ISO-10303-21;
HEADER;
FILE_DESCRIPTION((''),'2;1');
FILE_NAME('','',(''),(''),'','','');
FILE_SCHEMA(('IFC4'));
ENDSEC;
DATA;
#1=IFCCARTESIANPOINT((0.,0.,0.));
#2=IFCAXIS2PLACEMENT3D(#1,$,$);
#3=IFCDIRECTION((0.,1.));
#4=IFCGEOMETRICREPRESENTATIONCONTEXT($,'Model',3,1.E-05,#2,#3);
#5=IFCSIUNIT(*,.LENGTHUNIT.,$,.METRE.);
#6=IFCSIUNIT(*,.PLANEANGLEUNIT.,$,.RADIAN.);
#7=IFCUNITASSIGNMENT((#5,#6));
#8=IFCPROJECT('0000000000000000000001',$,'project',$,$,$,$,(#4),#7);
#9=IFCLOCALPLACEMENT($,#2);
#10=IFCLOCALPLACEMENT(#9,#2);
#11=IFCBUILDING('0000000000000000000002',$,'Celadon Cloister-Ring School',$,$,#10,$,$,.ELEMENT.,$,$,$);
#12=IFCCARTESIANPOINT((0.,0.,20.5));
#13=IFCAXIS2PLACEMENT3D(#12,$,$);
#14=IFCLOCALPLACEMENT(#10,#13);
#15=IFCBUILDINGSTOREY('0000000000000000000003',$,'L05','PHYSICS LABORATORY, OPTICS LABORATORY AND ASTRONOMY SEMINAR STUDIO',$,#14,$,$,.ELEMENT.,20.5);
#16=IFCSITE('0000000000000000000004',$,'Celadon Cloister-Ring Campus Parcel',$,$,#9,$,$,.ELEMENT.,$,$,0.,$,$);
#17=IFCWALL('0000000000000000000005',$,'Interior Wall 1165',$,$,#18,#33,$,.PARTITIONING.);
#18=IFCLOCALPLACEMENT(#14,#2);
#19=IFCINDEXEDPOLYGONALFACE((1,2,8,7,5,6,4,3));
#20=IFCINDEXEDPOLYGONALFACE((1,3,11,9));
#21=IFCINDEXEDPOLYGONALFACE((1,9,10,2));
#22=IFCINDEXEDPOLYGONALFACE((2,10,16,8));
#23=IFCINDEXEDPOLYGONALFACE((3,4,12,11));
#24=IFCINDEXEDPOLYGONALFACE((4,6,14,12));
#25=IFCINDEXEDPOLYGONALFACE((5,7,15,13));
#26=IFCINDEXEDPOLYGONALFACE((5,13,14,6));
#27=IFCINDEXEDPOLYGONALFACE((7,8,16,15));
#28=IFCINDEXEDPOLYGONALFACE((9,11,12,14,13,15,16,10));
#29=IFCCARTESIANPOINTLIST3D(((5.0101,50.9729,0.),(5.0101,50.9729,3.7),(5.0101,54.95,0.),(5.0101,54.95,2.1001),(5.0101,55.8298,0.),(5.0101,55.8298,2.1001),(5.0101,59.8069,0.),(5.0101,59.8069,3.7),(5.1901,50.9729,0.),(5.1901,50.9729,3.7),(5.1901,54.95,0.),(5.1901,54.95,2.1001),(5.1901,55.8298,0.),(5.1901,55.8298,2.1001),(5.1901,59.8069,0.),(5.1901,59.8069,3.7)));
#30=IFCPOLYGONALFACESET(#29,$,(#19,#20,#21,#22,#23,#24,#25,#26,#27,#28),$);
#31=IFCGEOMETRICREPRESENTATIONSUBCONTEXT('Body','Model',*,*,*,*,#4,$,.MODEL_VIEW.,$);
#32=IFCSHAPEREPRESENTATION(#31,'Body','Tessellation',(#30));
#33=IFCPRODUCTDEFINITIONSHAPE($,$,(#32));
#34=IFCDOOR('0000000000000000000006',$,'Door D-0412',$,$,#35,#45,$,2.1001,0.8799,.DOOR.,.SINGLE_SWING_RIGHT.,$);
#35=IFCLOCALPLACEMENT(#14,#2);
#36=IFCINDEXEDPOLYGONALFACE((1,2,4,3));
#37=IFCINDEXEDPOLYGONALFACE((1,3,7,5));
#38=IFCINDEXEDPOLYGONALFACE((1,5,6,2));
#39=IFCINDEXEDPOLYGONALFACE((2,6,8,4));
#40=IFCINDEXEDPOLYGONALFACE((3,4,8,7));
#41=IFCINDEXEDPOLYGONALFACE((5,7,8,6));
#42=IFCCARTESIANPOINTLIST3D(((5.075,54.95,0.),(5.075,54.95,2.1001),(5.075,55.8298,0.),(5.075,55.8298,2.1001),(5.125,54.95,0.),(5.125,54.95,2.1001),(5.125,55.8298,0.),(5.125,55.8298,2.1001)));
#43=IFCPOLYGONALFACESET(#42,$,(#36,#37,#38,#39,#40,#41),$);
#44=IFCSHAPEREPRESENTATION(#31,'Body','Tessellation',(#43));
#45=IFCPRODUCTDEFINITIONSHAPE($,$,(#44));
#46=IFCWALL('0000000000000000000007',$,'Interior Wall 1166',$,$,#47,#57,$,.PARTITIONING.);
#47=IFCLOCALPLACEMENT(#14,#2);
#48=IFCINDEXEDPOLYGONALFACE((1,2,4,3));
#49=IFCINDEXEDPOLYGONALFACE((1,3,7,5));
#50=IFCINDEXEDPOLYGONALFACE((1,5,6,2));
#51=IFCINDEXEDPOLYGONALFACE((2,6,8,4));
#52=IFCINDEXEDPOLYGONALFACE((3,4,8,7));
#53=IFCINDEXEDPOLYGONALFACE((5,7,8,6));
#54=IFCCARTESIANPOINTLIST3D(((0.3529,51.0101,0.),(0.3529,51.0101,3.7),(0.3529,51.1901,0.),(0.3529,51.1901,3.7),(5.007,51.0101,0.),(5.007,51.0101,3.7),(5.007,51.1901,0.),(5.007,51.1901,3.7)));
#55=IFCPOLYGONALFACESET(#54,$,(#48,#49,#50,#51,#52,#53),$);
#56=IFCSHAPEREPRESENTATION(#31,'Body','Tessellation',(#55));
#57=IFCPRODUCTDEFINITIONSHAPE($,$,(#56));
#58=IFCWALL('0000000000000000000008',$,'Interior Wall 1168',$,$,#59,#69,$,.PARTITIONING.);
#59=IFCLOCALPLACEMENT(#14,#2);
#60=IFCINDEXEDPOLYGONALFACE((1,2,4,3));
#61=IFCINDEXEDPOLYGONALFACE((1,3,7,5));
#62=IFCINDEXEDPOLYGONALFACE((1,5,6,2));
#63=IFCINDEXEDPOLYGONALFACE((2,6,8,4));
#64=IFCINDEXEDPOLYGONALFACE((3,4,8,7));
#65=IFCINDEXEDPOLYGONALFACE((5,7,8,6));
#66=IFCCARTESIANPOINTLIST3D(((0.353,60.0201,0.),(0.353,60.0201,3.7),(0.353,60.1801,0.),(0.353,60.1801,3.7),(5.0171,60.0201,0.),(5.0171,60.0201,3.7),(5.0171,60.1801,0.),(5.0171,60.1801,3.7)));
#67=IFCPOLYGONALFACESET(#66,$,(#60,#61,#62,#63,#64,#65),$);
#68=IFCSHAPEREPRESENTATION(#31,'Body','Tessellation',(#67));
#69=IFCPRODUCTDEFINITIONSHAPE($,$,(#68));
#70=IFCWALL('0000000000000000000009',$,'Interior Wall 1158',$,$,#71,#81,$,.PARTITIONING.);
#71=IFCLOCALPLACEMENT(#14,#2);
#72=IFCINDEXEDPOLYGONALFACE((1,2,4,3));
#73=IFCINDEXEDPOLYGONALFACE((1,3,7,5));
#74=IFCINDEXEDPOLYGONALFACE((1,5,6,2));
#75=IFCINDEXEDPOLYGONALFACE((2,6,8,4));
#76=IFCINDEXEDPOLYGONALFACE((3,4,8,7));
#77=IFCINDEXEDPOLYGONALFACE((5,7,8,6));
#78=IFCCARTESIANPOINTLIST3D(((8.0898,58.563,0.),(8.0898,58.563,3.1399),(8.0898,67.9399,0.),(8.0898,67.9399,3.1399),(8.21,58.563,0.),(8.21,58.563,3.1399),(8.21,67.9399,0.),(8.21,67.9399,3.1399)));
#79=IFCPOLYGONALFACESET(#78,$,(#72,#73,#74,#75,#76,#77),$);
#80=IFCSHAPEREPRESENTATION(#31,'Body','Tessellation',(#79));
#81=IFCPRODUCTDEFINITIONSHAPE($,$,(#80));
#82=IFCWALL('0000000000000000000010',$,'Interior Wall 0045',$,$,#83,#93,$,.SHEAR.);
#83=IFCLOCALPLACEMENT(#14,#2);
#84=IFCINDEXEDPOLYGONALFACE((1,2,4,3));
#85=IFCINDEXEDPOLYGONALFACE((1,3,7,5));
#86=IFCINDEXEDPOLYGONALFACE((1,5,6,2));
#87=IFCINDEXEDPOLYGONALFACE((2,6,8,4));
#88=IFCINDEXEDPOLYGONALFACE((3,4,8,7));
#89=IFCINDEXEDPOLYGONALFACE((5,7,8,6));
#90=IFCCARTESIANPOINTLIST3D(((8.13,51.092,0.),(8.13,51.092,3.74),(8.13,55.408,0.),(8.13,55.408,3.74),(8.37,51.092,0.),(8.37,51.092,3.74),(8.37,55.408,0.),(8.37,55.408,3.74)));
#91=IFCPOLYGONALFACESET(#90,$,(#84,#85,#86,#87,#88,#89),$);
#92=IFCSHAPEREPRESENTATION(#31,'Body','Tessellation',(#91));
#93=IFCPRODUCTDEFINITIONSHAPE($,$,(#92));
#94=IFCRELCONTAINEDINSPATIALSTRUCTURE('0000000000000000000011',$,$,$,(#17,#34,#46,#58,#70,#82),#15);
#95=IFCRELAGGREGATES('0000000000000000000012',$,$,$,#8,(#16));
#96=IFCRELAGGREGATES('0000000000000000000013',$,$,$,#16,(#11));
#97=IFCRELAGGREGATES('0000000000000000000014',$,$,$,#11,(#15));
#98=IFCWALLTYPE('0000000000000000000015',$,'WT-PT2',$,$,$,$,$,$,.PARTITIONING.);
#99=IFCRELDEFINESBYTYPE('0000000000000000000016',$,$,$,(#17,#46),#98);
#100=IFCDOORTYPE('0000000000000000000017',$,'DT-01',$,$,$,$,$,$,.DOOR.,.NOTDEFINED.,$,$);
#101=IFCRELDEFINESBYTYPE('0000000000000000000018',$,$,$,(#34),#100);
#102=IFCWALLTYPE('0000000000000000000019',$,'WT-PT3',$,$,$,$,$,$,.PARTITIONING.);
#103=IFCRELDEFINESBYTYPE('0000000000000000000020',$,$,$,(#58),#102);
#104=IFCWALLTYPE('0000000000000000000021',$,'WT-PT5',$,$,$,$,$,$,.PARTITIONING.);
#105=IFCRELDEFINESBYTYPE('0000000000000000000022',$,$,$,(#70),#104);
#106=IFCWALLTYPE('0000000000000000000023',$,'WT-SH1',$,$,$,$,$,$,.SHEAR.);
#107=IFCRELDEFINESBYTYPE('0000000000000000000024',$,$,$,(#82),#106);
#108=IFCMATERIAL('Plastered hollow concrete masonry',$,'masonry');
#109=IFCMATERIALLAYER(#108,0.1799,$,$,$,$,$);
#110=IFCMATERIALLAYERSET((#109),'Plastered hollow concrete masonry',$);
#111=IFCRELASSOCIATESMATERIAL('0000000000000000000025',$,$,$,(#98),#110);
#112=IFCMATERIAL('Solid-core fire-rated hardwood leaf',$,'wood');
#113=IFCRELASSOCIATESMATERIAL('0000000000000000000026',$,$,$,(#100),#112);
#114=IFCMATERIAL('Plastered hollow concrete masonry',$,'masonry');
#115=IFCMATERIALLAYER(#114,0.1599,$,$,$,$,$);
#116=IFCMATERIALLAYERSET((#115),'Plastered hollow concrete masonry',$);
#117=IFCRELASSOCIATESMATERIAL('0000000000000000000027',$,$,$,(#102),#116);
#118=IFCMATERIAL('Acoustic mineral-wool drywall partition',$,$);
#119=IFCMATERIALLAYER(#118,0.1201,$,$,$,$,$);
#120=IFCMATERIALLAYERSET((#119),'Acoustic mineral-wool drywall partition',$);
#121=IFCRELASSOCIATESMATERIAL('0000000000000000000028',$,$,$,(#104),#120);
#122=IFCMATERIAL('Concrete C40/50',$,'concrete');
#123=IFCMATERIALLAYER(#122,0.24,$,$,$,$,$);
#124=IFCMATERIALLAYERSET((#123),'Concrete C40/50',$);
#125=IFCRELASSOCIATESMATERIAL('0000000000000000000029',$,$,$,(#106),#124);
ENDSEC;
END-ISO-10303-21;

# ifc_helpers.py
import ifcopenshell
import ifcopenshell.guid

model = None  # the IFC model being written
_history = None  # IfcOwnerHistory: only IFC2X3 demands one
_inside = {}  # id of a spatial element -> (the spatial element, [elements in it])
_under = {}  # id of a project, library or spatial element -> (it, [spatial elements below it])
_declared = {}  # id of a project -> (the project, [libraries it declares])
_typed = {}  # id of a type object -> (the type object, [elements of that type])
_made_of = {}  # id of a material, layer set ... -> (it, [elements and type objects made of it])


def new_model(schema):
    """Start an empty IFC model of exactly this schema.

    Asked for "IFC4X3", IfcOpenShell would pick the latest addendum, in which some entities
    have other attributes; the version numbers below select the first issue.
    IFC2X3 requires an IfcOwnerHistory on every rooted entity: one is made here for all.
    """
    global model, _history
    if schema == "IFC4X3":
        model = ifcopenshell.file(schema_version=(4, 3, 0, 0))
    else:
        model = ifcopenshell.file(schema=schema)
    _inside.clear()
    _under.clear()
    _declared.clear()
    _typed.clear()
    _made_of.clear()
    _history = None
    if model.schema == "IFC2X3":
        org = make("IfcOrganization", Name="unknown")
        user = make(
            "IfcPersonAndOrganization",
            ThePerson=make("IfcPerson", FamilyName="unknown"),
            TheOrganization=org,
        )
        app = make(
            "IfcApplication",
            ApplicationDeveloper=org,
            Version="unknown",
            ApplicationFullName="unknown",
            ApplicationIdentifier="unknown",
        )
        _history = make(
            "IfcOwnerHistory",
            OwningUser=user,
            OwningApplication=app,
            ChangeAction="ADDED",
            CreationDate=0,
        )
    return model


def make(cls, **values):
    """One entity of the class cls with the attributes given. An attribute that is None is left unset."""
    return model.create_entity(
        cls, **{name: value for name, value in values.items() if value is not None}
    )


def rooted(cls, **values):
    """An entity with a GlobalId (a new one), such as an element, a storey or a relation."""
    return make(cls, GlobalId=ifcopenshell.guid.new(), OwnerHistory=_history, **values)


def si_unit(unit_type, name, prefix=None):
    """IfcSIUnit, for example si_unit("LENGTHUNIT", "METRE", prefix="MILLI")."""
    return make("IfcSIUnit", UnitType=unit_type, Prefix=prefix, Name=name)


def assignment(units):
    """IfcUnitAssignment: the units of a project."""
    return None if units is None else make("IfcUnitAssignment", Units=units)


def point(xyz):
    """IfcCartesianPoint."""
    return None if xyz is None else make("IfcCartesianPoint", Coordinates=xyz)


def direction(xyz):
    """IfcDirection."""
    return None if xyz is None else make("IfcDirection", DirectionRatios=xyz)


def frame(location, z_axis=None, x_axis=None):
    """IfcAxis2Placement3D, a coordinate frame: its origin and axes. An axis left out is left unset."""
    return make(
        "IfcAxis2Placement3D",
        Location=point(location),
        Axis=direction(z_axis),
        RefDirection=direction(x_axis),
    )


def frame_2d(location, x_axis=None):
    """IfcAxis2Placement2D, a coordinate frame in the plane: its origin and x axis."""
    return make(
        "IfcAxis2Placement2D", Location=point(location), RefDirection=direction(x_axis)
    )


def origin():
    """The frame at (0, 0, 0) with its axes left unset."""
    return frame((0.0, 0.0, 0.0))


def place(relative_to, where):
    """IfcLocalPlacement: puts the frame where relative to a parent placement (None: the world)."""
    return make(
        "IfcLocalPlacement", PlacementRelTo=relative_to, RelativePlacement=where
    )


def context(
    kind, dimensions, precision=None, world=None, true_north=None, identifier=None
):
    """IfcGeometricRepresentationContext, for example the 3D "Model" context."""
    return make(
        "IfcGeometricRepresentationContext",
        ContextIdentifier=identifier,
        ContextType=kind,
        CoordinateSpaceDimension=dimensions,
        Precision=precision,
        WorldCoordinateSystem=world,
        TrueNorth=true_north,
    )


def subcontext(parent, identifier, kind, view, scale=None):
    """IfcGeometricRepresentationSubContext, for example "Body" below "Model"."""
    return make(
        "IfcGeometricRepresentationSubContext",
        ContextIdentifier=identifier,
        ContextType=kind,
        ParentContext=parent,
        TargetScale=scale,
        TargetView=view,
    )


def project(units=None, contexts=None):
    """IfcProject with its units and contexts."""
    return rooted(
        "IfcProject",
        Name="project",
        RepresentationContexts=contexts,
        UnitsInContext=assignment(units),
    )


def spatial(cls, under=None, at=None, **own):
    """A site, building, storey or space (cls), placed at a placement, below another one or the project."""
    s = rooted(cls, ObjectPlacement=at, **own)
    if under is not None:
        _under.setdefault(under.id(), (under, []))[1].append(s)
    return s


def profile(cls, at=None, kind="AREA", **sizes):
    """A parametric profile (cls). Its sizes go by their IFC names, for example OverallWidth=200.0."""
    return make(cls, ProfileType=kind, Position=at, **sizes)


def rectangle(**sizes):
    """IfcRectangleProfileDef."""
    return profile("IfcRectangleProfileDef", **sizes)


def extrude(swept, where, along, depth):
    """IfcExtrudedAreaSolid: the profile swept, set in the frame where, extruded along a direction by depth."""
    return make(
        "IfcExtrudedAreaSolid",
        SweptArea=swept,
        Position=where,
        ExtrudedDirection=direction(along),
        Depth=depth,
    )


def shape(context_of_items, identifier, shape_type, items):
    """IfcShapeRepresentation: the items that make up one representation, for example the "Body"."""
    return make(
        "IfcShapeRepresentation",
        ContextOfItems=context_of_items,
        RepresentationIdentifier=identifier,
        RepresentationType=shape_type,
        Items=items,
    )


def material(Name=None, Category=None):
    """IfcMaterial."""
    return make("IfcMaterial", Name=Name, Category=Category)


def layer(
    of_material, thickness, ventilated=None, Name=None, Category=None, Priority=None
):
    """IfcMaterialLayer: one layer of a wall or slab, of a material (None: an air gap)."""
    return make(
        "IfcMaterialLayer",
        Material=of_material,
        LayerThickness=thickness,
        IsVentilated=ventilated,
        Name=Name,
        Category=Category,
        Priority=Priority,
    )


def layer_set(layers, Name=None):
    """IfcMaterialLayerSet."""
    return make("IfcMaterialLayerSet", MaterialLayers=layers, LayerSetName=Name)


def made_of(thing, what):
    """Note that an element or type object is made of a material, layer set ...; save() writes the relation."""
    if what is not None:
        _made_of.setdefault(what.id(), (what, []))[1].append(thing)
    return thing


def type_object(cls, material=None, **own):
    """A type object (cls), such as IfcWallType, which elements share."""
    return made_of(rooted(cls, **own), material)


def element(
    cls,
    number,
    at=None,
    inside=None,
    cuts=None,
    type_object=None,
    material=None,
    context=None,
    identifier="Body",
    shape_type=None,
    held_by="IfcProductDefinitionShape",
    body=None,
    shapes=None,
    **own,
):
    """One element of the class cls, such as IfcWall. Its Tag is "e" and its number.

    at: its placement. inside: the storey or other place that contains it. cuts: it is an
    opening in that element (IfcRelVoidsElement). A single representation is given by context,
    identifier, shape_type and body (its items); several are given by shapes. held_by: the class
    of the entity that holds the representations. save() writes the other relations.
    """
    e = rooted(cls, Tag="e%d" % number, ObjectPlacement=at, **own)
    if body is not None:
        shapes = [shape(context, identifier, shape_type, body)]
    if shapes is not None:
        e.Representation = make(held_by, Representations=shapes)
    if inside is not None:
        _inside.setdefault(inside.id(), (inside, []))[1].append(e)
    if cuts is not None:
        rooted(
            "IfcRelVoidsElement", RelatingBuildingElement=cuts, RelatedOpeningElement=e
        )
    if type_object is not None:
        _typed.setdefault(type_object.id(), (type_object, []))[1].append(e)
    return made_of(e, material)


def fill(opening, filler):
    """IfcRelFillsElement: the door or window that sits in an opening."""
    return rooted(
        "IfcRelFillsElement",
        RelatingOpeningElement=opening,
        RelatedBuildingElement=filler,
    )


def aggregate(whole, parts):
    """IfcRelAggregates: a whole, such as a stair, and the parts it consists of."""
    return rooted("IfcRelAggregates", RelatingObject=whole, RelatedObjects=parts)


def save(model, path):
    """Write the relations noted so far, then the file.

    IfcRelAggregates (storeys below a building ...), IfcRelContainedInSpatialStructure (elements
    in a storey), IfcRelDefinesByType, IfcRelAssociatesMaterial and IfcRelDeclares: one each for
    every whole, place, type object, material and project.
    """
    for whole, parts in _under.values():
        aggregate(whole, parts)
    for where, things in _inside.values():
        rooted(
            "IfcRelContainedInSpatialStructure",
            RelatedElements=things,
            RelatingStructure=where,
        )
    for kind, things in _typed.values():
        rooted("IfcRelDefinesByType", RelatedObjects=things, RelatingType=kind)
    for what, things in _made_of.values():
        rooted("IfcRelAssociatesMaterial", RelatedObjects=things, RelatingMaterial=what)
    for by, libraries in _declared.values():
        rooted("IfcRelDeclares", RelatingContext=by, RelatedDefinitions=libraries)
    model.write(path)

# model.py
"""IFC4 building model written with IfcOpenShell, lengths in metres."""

from ifc_helpers import new_model, si_unit, direction, frame, frame_2d, origin, place, context, subcontext, project, spatial, rectangle, extrude, material, layer, layer_set, type_object, element, fill, save


model = new_model("IFC4")

# Units and contexts
model_context = context("Model", 3, precision=1e-05, world=origin(), true_north=direction((0.0, 1.0)))
body_context = subcontext(model_context, "Body", "Model", "MODEL_VIEW")
ifc_project = project(units=[si_unit("LENGTHUNIT", "METRE"), si_unit("PLANEANGLEUNIT", "RADIAN")], contexts=[model_context])

# Site, building, storey
site_placement = place(None, origin())
site = spatial("IfcSite", under=ifc_project, at=site_placement, Name="Celadon Cloister-Ring Campus Parcel", CompositionType="ELEMENT", RefElevation=0.0)
building_placement = place(site_placement, origin())
building = spatial("IfcBuilding", under=site, at=building_placement, Name="Celadon Cloister-Ring School", CompositionType="ELEMENT")
storey_placement = place(building_placement, frame((0.0, 0.0, 20.5)))
storey = spatial("IfcBuildingStorey", under=building, at=storey_placement, Name="L05", Description="PHYSICS LABORATORY, OPTICS LABORATORY AND ASTRONOMY SEMINAR STUDIO", CompositionType="ELEMENT", Elevation=20.5)

# Shared definitions
ifc_material_1 = material(Name="Plastered hollow concrete masonry", Category="masonry")
ifc_layer_1 = layer(ifc_material_1, 0.1799)
ifc_layer_set_1 = layer_set([ifc_layer_1], Name="Plastered hollow concrete masonry")
wall_type_1 = type_object("IfcWallType", Name="WT-PT2", PredefinedType="PARTITIONING", material=ifc_layer_set_1)

# Wall, opening, door
wall_1_placement = place(storey_placement, frame((5.1001, 59.8069, 0.0), z_axis=(0.0, 0.0, 1.0), x_axis=(0.0, -1.0, 0.0)))
wall_1 = element("IfcWall", 1, at=wall_1_placement, inside=storey, type_object=wall_type_1, Name="Interior Wall 1165", PredefinedType="PARTITIONING", context=body_context, shape_type="SweptSolid", body=[
    extrude(rectangle(XDim=8.834, YDim=0.1799, at=frame_2d((4.417, 0.0))), origin(), (0.0, 0.0, 1.0), 3.7),
])
opening_placement = place(wall_1_placement, frame((3.9771, 0.0, 0.0)))
opening = element("IfcOpeningElement", 2, at=opening_placement, cuts=wall_1, PredefinedType="OPENING", context=body_context, shape_type="SweptSolid", body=[
    extrude(rectangle(XDim=0.8799, YDim=2.1001, at=frame_2d((0.4399, 1.05))), frame((0.0, 0.1001, 0.0), z_axis=(0.0, -1.0, 0.0), x_axis=(1.0, 0.0, 0.0)), (0.0, 0.0, 1.0), 0.2),
])
ifc_material_2 = material(Name="Solid-core fire-rated hardwood leaf", Category="wood")
door_type = type_object("IfcDoorType", Name="DT-01", OperationType="NOTDEFINED", PredefinedType="DOOR", material=ifc_material_2)
door_placement = place(opening_placement, origin())
door = element("IfcDoor", 3, at=door_placement, inside=storey, type_object=door_type, Name="Door D-0412", OperationType="SINGLE_SWING_RIGHT", OverallHeight=2.1001, OverallWidth=0.8799, PredefinedType="DOOR", context=body_context, shape_type="SweptSolid", body=[
    extrude(rectangle(XDim=0.8799, YDim=2.1001, at=frame_2d((0.4399, 1.05))), frame((0.0, 0.0249, 0.0), z_axis=(0.0, -1.0, 0.0), x_axis=(1.0, 0.0, 0.0)), (0.0, 0.0, 1.0), 0.05),
])
fill(opening, door)

# Walls
wall_2_placement = place(storey_placement, frame((5.0071, 51.1001, 0.0), z_axis=(0.0, 0.0, 1.0), x_axis=(-1.0, 0.0, 0.0)))
element("IfcWall", 4, at=wall_2_placement, inside=storey, type_object=wall_type_1, Name="Interior Wall 1166", PredefinedType="PARTITIONING", context=body_context, shape_type="SweptSolid", body=[
    extrude(rectangle(XDim=4.6541, YDim=0.1799, at=frame_2d((2.3271, 0.0))), origin(), (0.0, 0.0, 1.0), 3.7),
])
ifc_material_3 = material(Name="Plastered hollow concrete masonry", Category="masonry")
ifc_layer_2 = layer(ifc_material_3, 0.1599)
ifc_layer_set_2 = layer_set([ifc_layer_2], Name="Plastered hollow concrete masonry")
wall_type_2 = type_object("IfcWallType", Name="WT-PT3", PredefinedType="PARTITIONING", material=ifc_layer_set_2)
wall_3_placement = place(storey_placement, frame((5.0171, 60.1001, 0.0), z_axis=(0.0, 0.0, 1.0), x_axis=(-1.0, 0.0, 0.0)))
element("IfcWall", 5, at=wall_3_placement, inside=storey, type_object=wall_type_2, Name="Interior Wall 1168", PredefinedType="PARTITIONING", context=body_context, shape_type="SweptSolid", body=[
    extrude(rectangle(XDim=4.6641, YDim=0.1599, at=frame_2d((2.332, 0.0))), origin(), (0.0, 0.0, 1.0), 3.7),
])
ifc_material_4 = material(Name="Acoustic mineral-wool drywall partition")
ifc_layer_3 = layer(ifc_material_4, 0.1201)
ifc_layer_set_3 = layer_set([ifc_layer_3], Name="Acoustic mineral-wool drywall partition")
wall_type_3 = type_object("IfcWallType", Name="WT-PT5", PredefinedType="PARTITIONING", material=ifc_layer_set_3)
wall_4_placement = place(storey_placement, frame((8.1499, 58.563, 0.0), z_axis=(0.0, 0.0, 1.0), x_axis=(0.0, 1.0, 0.0)))
element("IfcWall", 6, at=wall_4_placement, inside=storey, type_object=wall_type_3, Name="Interior Wall 1158", PredefinedType="PARTITIONING", context=body_context, shape_type="SweptSolid", body=[
    extrude(rectangle(XDim=9.377, YDim=0.1201, at=frame_2d((4.6885, 0.0))), origin(), (0.0, 0.0, 1.0), 3.1399),
])
ifc_material_5 = material(Name="Concrete C40/50", Category="concrete")
ifc_layer_4 = layer(ifc_material_5, 0.24)
ifc_layer_set_4 = layer_set([ifc_layer_4], Name="Concrete C40/50")
wall_type_4 = type_object("IfcWallType", Name="WT-SH1", PredefinedType="SHEAR", material=ifc_layer_set_4)
wall_5_placement = place(storey_placement, frame((8.25, 51.092, 0.0), z_axis=(0.0, 0.0, 1.0), x_axis=(0.0, 1.0, 0.0)))
element("IfcWall", 7, at=wall_5_placement, inside=storey, type_object=wall_type_4, Name="Interior Wall 0045", PredefinedType="SHEAR", context=body_context, shape_type="SweptSolid", body=[
    extrude(rectangle(XDim=4.3159, YDim=0.24, at=frame_2d((2.158, 0.0))), origin(), (0.0, 0.0, 1.0), 3.74),
])

save(model, "model.ifc")
